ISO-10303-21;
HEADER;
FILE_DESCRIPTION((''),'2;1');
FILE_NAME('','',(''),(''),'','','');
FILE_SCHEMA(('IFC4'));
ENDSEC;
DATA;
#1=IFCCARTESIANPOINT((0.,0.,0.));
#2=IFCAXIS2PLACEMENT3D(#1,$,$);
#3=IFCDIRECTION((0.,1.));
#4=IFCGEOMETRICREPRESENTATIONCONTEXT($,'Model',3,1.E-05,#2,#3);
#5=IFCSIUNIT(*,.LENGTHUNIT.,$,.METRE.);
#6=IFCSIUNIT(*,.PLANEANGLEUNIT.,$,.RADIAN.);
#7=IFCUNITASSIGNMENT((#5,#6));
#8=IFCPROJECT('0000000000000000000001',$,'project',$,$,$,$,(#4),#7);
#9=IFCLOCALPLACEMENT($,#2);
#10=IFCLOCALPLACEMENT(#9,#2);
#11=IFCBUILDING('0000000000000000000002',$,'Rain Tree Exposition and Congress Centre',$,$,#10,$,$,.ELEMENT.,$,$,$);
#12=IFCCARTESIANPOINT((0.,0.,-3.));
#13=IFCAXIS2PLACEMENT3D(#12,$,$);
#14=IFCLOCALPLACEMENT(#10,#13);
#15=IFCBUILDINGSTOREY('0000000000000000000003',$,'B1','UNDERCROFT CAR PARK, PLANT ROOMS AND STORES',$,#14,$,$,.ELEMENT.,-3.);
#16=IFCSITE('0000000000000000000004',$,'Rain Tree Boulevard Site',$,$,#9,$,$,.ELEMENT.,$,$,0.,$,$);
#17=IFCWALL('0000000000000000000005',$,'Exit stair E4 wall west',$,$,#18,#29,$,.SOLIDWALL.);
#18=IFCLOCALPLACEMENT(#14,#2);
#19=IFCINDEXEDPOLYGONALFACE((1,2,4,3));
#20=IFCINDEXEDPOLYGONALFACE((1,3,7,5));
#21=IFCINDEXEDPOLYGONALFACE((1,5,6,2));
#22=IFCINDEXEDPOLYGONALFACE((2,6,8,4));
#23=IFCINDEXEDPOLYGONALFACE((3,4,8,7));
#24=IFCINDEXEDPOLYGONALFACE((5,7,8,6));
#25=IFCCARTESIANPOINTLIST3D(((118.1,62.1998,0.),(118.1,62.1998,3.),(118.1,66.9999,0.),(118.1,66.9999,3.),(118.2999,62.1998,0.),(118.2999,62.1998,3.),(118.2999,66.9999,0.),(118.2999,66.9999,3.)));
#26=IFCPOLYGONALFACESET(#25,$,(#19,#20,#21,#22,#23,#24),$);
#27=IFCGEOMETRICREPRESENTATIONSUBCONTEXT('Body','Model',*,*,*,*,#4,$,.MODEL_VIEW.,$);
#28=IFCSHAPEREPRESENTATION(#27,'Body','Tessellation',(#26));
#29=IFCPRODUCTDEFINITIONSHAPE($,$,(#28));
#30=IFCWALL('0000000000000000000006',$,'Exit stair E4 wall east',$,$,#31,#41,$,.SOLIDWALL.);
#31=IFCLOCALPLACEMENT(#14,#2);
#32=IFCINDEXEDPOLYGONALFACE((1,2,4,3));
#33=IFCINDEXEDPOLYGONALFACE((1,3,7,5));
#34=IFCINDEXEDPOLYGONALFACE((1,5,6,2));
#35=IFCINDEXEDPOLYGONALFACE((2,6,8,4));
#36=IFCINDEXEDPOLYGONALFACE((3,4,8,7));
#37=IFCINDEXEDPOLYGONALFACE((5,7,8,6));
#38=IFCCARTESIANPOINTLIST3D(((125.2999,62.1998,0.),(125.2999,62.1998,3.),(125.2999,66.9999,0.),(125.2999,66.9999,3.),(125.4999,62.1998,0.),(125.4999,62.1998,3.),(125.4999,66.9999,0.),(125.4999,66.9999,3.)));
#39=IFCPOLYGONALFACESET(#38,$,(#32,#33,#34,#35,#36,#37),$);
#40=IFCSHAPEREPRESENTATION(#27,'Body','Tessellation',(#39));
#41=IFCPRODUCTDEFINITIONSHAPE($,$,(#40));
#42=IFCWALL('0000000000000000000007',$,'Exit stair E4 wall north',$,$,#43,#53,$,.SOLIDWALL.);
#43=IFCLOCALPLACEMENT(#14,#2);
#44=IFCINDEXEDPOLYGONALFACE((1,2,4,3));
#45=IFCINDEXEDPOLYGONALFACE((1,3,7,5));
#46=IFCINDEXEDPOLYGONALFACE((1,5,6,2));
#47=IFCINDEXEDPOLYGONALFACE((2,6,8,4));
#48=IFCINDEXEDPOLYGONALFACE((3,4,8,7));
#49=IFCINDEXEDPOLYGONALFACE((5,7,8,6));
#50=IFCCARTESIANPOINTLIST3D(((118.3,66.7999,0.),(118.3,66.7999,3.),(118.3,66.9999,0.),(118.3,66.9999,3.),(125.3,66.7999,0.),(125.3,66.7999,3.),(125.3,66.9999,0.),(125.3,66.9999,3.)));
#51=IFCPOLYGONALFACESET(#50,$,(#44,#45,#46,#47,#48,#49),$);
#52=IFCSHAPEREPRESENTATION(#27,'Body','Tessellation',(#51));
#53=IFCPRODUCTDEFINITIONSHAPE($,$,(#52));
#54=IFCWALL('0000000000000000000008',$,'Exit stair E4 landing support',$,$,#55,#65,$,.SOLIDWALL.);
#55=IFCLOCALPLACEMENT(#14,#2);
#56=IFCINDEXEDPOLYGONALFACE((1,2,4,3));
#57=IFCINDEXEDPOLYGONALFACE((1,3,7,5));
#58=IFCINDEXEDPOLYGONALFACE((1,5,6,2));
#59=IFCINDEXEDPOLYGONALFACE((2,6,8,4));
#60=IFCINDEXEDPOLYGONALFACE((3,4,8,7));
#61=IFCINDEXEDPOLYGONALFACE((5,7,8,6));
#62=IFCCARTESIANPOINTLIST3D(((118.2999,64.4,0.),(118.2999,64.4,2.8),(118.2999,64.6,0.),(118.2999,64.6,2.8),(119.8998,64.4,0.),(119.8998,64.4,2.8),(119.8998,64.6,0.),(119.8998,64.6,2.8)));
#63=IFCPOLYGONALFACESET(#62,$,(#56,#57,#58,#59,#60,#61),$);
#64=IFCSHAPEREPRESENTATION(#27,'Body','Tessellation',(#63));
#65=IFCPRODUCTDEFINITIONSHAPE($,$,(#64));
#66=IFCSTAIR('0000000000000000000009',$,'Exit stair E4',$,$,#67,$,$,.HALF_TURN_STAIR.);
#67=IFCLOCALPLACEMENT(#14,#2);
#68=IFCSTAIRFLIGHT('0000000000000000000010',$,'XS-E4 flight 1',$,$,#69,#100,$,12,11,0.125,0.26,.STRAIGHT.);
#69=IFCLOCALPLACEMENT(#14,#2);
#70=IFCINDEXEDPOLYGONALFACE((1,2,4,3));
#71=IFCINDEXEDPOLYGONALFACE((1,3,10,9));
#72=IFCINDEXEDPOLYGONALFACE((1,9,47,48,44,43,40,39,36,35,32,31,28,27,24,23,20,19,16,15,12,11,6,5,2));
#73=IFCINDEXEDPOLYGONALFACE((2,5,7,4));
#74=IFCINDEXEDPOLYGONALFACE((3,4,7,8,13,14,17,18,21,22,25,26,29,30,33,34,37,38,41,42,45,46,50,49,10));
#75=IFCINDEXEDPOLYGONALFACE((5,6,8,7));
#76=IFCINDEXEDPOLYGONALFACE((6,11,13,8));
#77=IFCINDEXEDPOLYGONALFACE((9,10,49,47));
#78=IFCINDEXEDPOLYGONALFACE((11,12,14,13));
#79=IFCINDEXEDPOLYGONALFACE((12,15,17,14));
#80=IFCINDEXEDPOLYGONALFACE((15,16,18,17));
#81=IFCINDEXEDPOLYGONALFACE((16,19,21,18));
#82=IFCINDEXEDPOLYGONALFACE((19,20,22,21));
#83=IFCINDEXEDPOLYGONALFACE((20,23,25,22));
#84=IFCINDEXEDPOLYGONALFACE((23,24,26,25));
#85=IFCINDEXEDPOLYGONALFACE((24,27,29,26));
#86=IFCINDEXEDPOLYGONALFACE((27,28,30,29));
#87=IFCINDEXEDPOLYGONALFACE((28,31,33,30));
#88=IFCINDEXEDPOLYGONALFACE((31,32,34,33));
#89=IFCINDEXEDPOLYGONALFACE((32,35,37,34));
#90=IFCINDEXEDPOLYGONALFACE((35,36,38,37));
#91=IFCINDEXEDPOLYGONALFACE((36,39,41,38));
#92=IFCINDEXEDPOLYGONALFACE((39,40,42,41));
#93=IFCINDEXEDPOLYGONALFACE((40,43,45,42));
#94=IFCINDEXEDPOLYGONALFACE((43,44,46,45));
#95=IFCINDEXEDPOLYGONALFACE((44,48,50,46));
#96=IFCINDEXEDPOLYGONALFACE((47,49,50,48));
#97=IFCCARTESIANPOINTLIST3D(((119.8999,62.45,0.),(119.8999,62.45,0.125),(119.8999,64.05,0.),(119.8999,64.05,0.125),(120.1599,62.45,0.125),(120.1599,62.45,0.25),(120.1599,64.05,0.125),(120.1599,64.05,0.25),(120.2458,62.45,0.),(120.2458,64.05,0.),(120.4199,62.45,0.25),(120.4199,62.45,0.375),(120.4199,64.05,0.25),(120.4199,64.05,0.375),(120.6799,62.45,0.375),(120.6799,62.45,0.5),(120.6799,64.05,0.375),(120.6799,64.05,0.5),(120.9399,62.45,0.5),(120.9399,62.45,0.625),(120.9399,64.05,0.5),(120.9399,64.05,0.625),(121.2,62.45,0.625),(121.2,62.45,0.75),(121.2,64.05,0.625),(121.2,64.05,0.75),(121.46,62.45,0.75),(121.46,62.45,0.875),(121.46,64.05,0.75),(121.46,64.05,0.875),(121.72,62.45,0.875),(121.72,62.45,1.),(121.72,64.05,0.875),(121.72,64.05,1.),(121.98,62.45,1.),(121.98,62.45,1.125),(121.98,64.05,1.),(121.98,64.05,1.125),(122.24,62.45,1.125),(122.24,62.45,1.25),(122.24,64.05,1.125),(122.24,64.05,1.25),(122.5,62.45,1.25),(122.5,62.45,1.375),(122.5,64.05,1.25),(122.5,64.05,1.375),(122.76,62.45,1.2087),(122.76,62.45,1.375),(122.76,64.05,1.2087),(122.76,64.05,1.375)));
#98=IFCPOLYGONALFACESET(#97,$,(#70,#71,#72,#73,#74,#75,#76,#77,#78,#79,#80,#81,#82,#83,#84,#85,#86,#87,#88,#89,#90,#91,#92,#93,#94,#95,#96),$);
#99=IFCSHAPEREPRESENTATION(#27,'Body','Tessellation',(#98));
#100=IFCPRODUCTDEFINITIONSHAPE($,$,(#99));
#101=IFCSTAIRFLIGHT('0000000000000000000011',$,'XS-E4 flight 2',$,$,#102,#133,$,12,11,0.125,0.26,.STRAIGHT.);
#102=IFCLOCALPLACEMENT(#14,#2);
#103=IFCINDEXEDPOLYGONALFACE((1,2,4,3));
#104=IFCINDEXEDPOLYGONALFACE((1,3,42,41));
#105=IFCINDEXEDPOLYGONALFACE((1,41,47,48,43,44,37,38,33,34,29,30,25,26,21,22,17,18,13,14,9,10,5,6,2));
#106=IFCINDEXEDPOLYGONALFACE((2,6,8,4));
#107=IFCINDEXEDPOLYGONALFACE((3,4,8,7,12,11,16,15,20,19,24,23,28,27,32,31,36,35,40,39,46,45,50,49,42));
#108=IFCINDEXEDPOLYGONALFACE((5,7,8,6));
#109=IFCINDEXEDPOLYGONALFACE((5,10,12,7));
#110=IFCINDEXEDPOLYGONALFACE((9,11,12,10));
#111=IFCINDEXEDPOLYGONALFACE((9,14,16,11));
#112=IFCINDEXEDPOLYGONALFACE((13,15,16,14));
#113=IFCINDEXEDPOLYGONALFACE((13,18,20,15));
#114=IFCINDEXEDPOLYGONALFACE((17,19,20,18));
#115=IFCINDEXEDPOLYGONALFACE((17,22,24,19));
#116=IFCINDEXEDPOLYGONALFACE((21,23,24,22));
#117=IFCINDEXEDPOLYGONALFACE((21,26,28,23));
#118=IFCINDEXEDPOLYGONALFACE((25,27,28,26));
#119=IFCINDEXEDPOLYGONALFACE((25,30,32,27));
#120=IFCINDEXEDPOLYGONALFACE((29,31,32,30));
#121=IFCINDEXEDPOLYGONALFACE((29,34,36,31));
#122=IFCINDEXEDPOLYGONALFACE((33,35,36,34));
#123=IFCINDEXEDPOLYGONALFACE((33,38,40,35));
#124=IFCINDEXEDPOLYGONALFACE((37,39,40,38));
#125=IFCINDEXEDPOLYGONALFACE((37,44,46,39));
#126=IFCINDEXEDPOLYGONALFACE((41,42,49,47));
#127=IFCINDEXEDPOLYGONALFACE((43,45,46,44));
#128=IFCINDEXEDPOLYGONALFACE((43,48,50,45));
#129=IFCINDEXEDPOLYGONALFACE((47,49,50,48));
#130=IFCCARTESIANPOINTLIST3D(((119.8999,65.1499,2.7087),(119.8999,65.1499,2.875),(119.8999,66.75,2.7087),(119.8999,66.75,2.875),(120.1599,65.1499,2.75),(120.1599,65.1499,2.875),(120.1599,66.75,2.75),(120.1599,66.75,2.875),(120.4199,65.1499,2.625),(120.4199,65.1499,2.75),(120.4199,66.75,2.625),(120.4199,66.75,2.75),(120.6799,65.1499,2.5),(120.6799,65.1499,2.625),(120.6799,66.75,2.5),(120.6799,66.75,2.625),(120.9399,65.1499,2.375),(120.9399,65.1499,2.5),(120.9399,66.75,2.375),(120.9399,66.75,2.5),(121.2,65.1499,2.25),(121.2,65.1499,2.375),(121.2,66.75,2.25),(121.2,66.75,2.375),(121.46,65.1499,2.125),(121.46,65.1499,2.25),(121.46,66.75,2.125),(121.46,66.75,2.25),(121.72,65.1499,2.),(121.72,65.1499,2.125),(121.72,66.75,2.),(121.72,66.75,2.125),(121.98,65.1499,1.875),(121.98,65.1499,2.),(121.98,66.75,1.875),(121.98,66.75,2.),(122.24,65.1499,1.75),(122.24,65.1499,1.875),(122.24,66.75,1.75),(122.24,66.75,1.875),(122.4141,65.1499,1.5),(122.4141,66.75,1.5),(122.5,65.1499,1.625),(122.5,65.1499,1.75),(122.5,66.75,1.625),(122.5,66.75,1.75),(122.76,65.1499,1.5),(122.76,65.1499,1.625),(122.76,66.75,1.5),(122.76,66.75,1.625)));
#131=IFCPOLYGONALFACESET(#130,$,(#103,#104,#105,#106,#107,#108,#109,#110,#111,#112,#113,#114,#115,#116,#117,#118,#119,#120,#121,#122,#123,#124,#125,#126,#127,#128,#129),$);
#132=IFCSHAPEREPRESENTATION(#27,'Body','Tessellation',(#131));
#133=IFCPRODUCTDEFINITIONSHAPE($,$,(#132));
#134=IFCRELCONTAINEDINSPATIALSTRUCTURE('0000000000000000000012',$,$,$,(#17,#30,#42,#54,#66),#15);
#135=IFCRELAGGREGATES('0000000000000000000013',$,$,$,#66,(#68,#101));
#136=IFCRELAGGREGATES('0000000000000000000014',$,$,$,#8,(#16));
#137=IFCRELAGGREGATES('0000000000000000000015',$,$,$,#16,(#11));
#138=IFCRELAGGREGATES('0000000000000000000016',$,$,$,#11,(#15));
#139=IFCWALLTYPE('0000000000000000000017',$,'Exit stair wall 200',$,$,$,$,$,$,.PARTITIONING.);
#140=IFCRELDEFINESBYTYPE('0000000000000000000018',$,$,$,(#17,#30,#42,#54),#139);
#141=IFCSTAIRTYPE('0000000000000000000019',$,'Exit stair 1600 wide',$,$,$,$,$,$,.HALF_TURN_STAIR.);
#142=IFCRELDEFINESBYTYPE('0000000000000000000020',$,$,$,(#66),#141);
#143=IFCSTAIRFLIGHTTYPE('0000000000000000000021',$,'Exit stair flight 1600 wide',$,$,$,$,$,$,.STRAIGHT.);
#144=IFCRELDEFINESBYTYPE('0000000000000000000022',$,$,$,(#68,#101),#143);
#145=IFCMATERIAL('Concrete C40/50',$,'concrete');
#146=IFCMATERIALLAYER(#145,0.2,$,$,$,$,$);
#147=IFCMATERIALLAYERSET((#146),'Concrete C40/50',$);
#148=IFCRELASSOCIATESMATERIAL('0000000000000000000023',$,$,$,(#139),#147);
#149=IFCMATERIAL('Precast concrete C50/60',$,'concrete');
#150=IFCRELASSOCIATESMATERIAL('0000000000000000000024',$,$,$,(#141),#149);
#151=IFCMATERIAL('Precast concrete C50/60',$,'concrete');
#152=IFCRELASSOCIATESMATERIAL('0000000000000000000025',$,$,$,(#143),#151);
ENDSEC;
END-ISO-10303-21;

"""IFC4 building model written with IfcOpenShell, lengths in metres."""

from ifc_helpers import new_model, si_unit, direction, frame, frame_2d, origin, place, context, subcontext, project, spatial, polyline, rectangle, outline, extrude, material, layer, layer_set, type_object, element, aggregate, save


model = new_model("IFC4")

# Units and contexts
model_context = context("Model", 3, precision=1e-05, world=origin(), true_north=direction((0.0, 1.0)))
body_context = subcontext(model_context, "Body", "Model", "MODEL_VIEW")
ifc_project = project(units=[si_unit("LENGTHUNIT", "METRE"), si_unit("PLANEANGLEUNIT", "RADIAN")], contexts=[model_context])

# Site, building, storey
site_placement = place(None, origin())
site = spatial("IfcSite", under=ifc_project, at=site_placement, Name="Rain Tree Boulevard Site", CompositionType="ELEMENT", RefElevation=0.0)
building_placement = place(site_placement, origin())
building = spatial("IfcBuilding", under=site, at=building_placement, Name="Rain Tree Exposition and Congress Centre", CompositionType="ELEMENT")
storey_placement = place(building_placement, frame((0.0, 0.0, -3.0)))
storey = spatial("IfcBuildingStorey", under=building, at=storey_placement, Name="B1", Description="UNDERCROFT CAR PARK, PLANT ROOMS AND STORES", CompositionType="ELEMENT", Elevation=-3.0)

# Walls
ifc_material_1 = material(Name="Concrete C40/50", Category="concrete")
ifc_layer = layer(ifc_material_1, 0.2)
ifc_layer_set = layer_set([ifc_layer], Name="Concrete C40/50")
wall_type = type_object("IfcWallType", Name="Exit stair wall 200", PredefinedType="PARTITIONING", material=ifc_layer_set)
for number, where, z_axis, x_axis, name in (
    (1, (118.2, 62.2, 0.0), (0.0, 0.0, 1.0), (0.0, 1.0, 0.0), "Exit stair E4 wall west"),
    (2, (125.3999, 62.2, 0.0), (0.0, 0.0, 1.0), (0.0, 1.0, 0.0), "Exit stair E4 wall east"),
):
    element("IfcWall", number, at=place(storey_placement, frame(where, z_axis=z_axis, x_axis=x_axis)), inside=storey, type_object=wall_type, Name=name, PredefinedType="SOLIDWALL", context=body_context, shape_type="SweptSolid", body=[
        extrude(rectangle(XDim=4.8, YDim=0.2, at=frame_2d((2.3999, 0.0))), origin(), (0.0, 0.0, 1.0), 3.0),
    ])

# Walls
wall_1_placement = place(storey_placement, frame((118.3, 66.8999, 0.0), z_axis=(0.0, 0.0, 1.0), x_axis=(1.0, 0.0, 0.0)))
element("IfcWall", 3, at=wall_1_placement, inside=storey, type_object=wall_type, Name="Exit stair E4 wall north", PredefinedType="SOLIDWALL", context=body_context, shape_type="SweptSolid", body=[
    extrude(rectangle(XDim=7.0, YDim=0.2, at=frame_2d((3.5, 0.0))), origin(), (0.0, 0.0, 1.0), 3.0),
])
wall_2_placement = place(storey_placement, frame((118.3, 64.5, 0.0), z_axis=(0.0, 0.0, 1.0), x_axis=(1.0, 0.0, 0.0)))
element("IfcWall", 4, at=wall_2_placement, inside=storey, type_object=wall_type, Name="Exit stair E4 landing support", PredefinedType="SOLIDWALL", context=body_context, shape_type="SweptSolid", body=[
    extrude(rectangle(XDim=1.5999, YDim=0.2, at=frame_2d((0.7998, 0.0))), origin(), (0.0, 0.0, 1.0), 2.8),
])

# Stair, stair flights
ifc_material_2 = material(Name="Precast concrete C50/60", Category="concrete")
stair_type = type_object("IfcStairType", Name="Exit stair 1600 wide", PredefinedType="HALF_TURN_STAIR", material=ifc_material_2)
stair_placement = place(storey_placement, origin())
stair = element("IfcStair", 5, at=stair_placement, inside=storey, type_object=stair_type, Name="Exit stair E4", PredefinedType="HALF_TURN_STAIR")
ifc_material_3 = material(Name="Precast concrete C50/60", Category="concrete")
stair_flight_type = type_object("IfcStairFlightType", Name="Exit stair flight 1600 wide", PredefinedType="STRAIGHT", material=ifc_material_3)
stair_flight_1_placement = place(storey_placement, frame((119.8999, 63.25, 0.0), z_axis=(0.0, 0.0, 1.0), x_axis=(1.0, 0.0, 0.0)))
stair_flight_1 = element("IfcStairFlight", 6, at=stair_flight_1_placement, type_object=stair_flight_type, Name="XS-E4 flight 1", NumberOfRisers=12, NumberOfTreads=11, PredefinedType="STRAIGHT", RiserHeight=0.125, TreadLength=0.26, context=body_context, shape_type="SweptSolid", body=[
    extrude(outline(polyline([(0.0, 0.0), (0.0, 0.125), (0.26, 0.125), (0.26, 0.25), (0.52, 0.25), (0.52, 0.375), (0.78, 0.375), (0.78, 0.5), (1.04, 0.5), (1.04, 0.625), (1.3, 0.625), (1.3, 0.75), (1.5601, 0.75), (1.5601, 0.875), (1.8201, 0.875), (1.8201, 1.0), (2.0801, 1.0), (2.0801, 1.125), (2.3401, 1.125), (2.3401, 1.25), (2.6001, 1.25), (2.6001, 1.375), (2.8601, 1.375), (2.8601, 1.5), (2.8601, 1.2087), (0.3459, 0.0), (0.0, 0.0)])), frame((0.0, 0.8, 0.0), z_axis=(0.0, -1.0, 0.0), x_axis=(1.0, 0.0, 0.0)), (0.0, 0.0, 1.0), 1.6001),
])
stair_flight_2_placement = place(storey_placement, frame((122.76, 65.95, 1.5), z_axis=(0.0, 0.0, 1.0), x_axis=(-1.0, 0.0, 0.0)))
stair_flight_2 = element("IfcStairFlight", 7, at=stair_flight_2_placement, type_object=stair_flight_type, Name="XS-E4 flight 2", NumberOfRisers=12, NumberOfTreads=11, PredefinedType="STRAIGHT", RiserHeight=0.125, TreadLength=0.26, context=body_context, shape_type="SweptSolid", body=[
    extrude(outline(polyline([(0.0, 0.0), (0.0, 0.125), (0.26, 0.125), (0.26, 0.25), (0.52, 0.25), (0.52, 0.375), (0.78, 0.375), (0.78, 0.5), (1.04, 0.5), (1.04, 0.625), (1.3, 0.625), (1.3, 0.75), (1.5601, 0.75), (1.5601, 0.875), (1.8201, 0.875), (1.8201, 1.0), (2.0801, 1.0), (2.0801, 1.125), (2.3401, 1.125), (2.3401, 1.25), (2.6001, 1.25), (2.6001, 1.375), (2.8601, 1.375), (2.8601, 1.5), (2.8601, 1.2087), (0.3459, 0.0), (0.0, 0.0)])), frame((0.0, 0.8, 0.0), z_axis=(0.0, -1.0, 0.0), x_axis=(1.0, 0.0, 0.0)), (0.0, 0.0, 1.0), 1.6001),
])
aggregate(stair, [stair_flight_1, stair_flight_2])

save(model, "model.ifc")
